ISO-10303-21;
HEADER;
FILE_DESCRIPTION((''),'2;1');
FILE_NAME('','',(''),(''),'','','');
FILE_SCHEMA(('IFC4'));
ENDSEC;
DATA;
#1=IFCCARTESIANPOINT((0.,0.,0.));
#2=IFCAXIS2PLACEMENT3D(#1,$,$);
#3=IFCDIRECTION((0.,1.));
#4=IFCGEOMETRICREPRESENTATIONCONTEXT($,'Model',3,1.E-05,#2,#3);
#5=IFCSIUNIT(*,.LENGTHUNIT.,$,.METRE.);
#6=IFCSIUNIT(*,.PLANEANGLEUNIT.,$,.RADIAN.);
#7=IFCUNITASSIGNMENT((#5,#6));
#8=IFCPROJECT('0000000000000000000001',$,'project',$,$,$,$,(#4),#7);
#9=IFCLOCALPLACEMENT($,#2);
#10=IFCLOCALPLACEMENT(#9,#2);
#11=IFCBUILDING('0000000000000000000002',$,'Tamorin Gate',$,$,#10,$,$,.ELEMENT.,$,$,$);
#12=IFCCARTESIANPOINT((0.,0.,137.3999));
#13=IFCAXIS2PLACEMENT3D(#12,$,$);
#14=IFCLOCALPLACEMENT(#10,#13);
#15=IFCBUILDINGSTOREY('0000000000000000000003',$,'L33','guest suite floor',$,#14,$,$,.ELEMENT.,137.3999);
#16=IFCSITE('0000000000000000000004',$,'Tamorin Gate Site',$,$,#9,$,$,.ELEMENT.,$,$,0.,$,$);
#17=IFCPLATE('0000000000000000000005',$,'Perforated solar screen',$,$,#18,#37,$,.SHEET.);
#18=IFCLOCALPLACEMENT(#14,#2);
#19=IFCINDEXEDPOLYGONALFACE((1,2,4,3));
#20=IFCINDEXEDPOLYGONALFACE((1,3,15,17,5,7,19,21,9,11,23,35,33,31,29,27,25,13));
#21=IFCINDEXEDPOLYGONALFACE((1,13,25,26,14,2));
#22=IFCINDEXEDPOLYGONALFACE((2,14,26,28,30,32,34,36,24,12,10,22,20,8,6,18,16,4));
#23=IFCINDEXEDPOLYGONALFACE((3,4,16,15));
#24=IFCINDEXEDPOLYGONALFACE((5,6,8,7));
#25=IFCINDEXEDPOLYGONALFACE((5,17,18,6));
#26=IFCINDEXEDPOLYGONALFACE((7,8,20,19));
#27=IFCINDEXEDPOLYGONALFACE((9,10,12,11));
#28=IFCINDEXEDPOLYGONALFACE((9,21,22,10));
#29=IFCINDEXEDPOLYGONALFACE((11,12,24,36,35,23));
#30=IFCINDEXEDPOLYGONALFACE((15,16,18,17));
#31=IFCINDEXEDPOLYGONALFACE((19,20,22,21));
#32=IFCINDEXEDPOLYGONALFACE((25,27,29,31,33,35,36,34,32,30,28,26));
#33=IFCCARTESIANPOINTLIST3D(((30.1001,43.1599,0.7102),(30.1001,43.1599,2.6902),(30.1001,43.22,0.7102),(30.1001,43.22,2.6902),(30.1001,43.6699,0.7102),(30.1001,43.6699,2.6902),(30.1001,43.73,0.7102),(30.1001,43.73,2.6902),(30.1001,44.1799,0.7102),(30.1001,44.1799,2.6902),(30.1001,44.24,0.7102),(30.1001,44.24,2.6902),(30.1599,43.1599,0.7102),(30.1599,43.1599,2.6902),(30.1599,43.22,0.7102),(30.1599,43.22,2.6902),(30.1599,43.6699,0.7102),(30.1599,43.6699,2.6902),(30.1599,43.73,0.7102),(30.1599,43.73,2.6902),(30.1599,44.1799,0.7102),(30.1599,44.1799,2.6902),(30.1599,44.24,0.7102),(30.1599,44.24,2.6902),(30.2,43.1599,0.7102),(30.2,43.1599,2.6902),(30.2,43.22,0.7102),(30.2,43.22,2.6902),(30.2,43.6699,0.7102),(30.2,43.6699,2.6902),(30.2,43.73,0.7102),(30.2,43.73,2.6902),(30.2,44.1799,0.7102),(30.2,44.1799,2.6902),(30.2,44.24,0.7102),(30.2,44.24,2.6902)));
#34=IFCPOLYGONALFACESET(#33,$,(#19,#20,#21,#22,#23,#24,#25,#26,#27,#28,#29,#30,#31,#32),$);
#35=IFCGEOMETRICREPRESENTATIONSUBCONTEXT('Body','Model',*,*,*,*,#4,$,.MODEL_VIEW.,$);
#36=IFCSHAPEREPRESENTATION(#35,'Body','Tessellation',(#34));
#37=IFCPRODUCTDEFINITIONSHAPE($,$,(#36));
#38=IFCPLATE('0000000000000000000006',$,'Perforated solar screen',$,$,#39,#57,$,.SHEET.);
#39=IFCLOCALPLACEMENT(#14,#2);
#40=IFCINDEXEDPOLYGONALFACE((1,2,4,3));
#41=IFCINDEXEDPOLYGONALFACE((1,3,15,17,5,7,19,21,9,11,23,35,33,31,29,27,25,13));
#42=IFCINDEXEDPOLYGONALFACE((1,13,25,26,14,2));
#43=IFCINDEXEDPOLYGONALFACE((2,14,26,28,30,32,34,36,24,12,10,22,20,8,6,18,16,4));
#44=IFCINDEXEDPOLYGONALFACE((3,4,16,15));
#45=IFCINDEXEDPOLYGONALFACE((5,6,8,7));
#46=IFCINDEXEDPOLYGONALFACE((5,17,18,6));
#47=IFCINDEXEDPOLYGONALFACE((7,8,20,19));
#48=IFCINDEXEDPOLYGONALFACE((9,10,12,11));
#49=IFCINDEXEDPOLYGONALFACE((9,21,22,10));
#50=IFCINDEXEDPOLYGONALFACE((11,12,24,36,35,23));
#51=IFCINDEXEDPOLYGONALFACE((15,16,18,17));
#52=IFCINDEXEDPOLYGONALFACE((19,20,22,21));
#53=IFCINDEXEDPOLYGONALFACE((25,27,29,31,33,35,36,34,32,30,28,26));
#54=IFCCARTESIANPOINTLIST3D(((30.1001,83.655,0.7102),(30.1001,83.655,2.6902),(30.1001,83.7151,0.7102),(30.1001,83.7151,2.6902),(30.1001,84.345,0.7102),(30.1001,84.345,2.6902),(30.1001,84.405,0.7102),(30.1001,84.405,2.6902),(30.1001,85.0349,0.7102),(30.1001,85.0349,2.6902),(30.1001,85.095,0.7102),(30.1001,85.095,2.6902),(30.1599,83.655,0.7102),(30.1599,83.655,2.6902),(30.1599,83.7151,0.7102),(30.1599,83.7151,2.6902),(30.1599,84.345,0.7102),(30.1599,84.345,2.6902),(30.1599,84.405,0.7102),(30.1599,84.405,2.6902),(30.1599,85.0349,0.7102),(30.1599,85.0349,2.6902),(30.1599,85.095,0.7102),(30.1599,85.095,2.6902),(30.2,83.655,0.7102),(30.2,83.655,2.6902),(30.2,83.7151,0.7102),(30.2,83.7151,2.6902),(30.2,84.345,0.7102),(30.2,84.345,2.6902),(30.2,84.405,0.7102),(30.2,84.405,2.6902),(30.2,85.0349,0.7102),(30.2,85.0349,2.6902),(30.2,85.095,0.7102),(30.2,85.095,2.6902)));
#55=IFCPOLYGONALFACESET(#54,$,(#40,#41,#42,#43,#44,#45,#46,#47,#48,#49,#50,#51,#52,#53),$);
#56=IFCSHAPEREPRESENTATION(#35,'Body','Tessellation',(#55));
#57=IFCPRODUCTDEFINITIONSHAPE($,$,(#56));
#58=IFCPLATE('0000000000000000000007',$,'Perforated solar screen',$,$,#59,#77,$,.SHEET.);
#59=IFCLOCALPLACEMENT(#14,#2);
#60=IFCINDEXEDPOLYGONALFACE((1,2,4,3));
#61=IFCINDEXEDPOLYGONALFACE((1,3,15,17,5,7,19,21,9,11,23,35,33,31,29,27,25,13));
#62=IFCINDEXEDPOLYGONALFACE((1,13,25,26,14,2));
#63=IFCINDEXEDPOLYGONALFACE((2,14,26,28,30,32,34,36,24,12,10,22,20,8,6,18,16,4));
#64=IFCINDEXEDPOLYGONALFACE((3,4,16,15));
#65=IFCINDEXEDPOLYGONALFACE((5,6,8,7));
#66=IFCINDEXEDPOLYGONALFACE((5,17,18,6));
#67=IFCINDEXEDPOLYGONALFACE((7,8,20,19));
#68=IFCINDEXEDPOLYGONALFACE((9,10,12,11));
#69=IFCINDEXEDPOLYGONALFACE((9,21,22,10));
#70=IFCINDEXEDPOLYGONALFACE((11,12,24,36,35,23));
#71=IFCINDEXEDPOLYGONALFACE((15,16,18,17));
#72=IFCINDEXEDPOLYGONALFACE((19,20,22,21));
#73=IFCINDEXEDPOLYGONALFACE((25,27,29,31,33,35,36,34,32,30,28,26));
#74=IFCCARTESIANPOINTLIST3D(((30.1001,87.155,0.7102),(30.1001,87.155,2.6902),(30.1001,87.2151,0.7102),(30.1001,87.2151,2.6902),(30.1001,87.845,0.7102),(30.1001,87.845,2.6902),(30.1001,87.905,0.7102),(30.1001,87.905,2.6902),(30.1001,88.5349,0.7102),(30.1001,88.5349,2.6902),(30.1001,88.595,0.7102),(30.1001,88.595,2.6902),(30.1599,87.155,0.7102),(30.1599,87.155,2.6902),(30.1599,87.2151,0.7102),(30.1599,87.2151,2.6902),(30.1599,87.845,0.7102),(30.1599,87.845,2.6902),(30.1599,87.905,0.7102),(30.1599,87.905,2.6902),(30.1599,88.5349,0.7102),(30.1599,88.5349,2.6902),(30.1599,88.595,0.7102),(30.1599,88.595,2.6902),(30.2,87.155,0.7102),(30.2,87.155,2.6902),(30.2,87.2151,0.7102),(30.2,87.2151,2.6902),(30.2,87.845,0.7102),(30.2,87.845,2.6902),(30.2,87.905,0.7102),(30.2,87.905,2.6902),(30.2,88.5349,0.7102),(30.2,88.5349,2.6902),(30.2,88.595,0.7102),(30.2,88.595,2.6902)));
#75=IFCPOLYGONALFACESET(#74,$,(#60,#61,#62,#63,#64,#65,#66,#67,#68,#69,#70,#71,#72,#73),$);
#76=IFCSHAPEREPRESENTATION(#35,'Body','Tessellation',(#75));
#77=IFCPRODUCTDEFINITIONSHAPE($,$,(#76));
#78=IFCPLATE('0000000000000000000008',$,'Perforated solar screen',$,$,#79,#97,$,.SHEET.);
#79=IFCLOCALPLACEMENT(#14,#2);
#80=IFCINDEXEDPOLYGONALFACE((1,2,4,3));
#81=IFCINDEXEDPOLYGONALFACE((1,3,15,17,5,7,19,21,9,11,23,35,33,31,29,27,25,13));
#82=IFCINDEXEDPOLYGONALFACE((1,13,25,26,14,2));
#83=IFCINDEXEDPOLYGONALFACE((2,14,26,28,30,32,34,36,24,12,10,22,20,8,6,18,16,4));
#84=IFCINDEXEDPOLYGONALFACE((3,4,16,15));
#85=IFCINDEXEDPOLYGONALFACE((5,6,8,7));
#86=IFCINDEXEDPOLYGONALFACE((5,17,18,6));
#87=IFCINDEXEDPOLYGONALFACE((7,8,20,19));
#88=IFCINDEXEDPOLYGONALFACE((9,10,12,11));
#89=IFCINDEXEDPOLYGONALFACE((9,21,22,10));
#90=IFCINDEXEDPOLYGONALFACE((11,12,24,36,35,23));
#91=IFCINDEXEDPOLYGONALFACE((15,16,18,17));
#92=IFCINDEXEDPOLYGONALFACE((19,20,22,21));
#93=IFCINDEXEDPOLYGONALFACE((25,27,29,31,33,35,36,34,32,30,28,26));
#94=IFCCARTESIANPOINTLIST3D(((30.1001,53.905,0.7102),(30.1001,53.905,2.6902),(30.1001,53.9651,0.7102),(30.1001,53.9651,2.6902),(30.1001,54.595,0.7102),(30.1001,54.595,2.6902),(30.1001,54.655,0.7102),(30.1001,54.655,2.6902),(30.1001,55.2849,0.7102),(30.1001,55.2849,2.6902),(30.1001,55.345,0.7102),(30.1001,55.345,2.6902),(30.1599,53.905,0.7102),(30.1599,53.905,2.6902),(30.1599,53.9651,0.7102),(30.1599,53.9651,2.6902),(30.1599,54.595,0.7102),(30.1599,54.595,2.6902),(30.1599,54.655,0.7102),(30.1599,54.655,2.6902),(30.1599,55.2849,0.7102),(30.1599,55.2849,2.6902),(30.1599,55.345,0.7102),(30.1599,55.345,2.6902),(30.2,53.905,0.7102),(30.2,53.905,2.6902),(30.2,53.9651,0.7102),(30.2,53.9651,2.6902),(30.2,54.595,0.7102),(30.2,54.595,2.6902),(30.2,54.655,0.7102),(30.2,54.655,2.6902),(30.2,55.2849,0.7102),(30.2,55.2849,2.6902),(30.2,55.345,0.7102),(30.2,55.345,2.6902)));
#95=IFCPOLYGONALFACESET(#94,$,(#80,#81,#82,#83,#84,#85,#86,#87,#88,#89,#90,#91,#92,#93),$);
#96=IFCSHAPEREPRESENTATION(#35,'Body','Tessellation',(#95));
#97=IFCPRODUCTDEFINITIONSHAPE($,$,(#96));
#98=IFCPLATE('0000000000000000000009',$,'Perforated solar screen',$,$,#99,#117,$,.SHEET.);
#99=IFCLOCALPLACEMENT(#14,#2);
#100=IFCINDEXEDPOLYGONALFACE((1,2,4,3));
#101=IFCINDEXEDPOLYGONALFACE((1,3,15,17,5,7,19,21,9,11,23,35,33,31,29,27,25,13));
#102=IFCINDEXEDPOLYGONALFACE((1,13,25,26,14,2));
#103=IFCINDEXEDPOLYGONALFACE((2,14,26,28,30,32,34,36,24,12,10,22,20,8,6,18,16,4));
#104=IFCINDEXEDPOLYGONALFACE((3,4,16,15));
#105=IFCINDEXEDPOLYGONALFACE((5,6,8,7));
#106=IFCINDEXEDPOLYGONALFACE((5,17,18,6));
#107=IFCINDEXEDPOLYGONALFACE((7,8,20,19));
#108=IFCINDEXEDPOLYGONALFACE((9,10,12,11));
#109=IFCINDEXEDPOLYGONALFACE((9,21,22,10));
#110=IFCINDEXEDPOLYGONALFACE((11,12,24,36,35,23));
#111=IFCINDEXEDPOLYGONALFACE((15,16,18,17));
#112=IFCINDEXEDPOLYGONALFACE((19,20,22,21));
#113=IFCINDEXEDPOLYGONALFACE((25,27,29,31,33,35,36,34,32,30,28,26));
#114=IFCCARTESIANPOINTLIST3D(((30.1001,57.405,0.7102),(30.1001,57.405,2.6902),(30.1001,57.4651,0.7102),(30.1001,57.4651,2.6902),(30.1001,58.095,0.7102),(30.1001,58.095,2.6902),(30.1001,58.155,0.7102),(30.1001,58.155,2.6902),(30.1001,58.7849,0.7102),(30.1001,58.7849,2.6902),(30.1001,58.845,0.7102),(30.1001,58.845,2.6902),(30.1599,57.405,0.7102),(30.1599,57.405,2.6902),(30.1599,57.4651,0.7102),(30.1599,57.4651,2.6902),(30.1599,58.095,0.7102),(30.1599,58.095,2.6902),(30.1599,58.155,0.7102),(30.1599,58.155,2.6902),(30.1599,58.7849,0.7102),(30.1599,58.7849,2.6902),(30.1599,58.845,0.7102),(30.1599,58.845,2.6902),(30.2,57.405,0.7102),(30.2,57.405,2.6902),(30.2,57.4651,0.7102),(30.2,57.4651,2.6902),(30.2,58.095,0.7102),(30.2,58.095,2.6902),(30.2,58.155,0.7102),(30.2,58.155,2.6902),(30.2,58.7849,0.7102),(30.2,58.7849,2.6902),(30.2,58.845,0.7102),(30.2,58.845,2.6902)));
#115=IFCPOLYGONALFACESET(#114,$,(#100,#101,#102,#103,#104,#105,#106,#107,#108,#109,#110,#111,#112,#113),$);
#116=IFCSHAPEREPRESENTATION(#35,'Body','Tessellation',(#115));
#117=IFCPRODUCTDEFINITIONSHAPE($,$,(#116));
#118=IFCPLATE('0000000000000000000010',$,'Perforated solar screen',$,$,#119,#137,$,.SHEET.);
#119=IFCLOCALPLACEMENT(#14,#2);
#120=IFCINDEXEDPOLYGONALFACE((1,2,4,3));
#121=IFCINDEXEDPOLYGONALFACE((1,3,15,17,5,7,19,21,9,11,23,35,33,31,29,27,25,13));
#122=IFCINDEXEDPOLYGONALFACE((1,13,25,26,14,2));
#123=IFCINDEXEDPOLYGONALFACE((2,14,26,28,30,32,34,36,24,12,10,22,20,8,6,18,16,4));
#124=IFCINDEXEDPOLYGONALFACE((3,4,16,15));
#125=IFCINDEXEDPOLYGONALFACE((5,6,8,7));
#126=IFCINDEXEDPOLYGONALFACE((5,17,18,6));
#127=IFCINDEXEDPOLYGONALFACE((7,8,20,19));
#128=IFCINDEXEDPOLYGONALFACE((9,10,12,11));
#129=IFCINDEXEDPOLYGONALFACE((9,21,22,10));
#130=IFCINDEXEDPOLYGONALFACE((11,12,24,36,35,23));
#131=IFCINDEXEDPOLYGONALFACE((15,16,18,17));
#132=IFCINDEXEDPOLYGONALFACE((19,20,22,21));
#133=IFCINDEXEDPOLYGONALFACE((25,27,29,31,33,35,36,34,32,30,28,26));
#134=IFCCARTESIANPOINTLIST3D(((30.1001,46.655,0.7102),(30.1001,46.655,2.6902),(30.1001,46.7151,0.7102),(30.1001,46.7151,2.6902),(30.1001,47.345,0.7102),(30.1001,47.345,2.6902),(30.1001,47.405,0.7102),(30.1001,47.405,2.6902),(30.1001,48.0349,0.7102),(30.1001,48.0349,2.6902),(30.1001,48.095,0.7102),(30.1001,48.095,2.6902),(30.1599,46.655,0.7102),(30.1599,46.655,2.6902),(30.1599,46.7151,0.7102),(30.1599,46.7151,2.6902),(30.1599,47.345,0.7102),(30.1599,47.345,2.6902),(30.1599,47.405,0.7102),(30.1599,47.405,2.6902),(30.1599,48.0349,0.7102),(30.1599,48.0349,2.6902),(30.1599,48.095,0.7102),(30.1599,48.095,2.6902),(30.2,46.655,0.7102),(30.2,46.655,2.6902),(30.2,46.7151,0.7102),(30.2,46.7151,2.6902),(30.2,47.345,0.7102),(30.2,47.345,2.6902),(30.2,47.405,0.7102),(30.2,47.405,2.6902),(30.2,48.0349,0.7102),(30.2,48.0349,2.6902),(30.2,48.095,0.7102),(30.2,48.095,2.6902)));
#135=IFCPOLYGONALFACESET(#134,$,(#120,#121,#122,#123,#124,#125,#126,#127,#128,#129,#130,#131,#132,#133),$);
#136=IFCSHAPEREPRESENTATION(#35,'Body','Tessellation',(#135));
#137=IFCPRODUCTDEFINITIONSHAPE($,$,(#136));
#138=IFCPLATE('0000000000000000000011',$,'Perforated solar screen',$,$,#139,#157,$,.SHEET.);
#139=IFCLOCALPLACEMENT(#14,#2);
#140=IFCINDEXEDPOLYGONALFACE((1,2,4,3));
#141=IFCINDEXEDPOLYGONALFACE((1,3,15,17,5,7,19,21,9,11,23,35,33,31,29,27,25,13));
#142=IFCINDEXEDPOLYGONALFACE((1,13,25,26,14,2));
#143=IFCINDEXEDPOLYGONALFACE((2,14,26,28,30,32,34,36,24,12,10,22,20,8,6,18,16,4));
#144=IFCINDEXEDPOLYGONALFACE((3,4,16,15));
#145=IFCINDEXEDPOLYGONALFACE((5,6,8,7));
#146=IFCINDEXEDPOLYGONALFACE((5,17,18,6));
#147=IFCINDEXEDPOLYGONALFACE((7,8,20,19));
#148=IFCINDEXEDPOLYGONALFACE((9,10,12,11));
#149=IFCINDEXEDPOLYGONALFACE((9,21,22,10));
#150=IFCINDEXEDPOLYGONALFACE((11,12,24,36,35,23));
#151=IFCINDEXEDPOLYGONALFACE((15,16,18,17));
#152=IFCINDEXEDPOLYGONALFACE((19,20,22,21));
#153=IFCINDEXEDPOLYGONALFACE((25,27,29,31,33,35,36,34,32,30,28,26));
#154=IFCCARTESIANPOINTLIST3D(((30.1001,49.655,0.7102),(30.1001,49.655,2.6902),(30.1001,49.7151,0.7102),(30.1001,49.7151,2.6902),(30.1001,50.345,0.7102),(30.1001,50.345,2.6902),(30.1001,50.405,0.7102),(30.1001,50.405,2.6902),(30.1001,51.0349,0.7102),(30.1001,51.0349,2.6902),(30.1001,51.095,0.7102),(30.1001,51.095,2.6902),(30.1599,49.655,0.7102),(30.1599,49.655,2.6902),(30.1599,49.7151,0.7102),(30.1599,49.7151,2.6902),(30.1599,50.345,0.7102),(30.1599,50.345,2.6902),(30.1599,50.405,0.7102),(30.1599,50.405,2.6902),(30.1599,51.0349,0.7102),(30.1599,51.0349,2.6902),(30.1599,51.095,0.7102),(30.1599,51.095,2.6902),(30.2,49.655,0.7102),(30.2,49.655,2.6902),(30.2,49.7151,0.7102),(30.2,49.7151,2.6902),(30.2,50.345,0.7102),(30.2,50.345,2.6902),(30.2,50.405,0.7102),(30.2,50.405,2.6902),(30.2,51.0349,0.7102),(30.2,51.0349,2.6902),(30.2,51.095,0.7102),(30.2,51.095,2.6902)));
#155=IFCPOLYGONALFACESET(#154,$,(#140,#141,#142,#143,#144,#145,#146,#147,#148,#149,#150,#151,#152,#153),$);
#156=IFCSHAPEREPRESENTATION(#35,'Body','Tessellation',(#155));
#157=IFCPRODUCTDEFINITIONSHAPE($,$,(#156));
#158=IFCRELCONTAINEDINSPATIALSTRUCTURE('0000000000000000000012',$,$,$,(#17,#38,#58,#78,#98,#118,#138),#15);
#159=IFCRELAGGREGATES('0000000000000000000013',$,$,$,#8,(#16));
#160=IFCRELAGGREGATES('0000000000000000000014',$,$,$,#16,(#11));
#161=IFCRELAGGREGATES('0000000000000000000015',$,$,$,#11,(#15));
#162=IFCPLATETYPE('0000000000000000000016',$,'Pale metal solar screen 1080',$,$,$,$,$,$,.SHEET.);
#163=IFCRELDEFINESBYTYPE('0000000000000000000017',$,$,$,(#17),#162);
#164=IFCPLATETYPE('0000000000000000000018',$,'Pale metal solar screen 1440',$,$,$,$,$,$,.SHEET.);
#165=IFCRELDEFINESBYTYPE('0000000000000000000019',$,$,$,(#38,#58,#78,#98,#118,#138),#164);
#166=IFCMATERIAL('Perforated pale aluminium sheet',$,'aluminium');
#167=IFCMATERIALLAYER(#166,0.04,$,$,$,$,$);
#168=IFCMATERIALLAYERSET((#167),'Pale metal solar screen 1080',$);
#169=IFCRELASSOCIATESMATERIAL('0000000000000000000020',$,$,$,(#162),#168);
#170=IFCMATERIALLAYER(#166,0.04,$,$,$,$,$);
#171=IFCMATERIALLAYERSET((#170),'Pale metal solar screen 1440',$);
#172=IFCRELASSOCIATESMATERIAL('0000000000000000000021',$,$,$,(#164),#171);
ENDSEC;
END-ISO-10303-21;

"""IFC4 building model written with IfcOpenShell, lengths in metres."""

from ifc_helpers import new_model, si_unit, direction, frame, origin, place, context, subcontext, project, spatial, polyline, outline, extrude, material, layer, layer_set, type_object, element, save


model = new_model("IFC4")

# Units and contexts
model_context = context("Model", 3, precision=1e-05, world=origin(), true_north=direction((0.0, 1.0)))
body_context = subcontext(model_context, "Body", "Model", "MODEL_VIEW")
ifc_project = project(units=[si_unit("LENGTHUNIT", "METRE"), si_unit("PLANEANGLEUNIT", "RADIAN")], contexts=[model_context])

# Site, building, storey
site_placement = place(None, origin())
site = spatial("IfcSite", under=ifc_project, at=site_placement, Name="Tamorin Gate Site", CompositionType="ELEMENT", RefElevation=0.0)
building_placement = place(site_placement, origin())
building = spatial("IfcBuilding", under=site, at=building_placement, Name="Tamorin Gate", CompositionType="ELEMENT")
storey_placement = place(building_placement, frame((0.0, 0.0, 137.3999)))
storey = spatial("IfcBuildingStorey", under=building, at=storey_placement, Name="L33", Description="guest suite floor", CompositionType="ELEMENT", Elevation=137.3999)

# Plates
ifc_material_1 = material(Name="Perforated pale aluminium sheet", Category="aluminium")
ifc_layer_1 = layer(ifc_material_1, 0.04)
ifc_layer_set_1 = layer_set([ifc_layer_1], Name="Pale metal solar screen 1080")
plate_type_1 = type_object("IfcPlateType", Name="Pale metal solar screen 1080", PredefinedType="SHEET", material=ifc_layer_set_1)
plate_1_placement = place(storey_placement, frame((0.0, 0.0, 0.7102)))
element("IfcPlate", 1, at=plate_1_placement, inside=storey, type_object=plate_type_1, Name="Perforated solar screen", PredefinedType="SHEET", context=body_context, shape_type="SweptSolid", body=[
    extrude(outline(polyline([(30.1599, 44.24), (30.2, 44.24), (30.2, 44.1799), (30.2, 43.73), (30.2, 43.6699), (30.2, 43.22), (30.2, 43.1599), (30.1599, 43.1599), (30.1001, 43.1599), (30.1001, 43.22), (30.1599, 43.22), (30.1599, 43.6699), (30.1001, 43.6699), (30.1001, 43.73), (30.1599, 43.73), (30.1599, 44.1799), (30.1001, 44.1799), (30.1001, 44.24), (30.1599, 44.24)])), origin(), (0.0, 0.0, 1.0), 1.98),
])
ifc_layer_2 = layer(ifc_material_1, 0.04)
ifc_layer_set_2 = layer_set([ifc_layer_2], Name="Pale metal solar screen 1440")
plate_type_2 = type_object("IfcPlateType", Name="Pale metal solar screen 1440", PredefinedType="SHEET", material=ifc_layer_set_2)
plate_2_placement = place(storey_placement, frame((0.0, 0.0, 0.7102)))
element("IfcPlate", 2, at=plate_2_placement, inside=storey, type_object=plate_type_2, Name="Perforated solar screen", PredefinedType="SHEET", context=body_context, shape_type="SweptSolid", body=[
    extrude(outline(polyline([(30.1599, 85.095), (30.2, 85.095), (30.2, 85.0349), (30.2, 84.405), (30.2, 84.345), (30.2, 83.7151), (30.2, 83.655), (30.1599, 83.655), (30.1001, 83.655), (30.1001, 83.7151), (30.1599, 83.7151), (30.1599, 84.345), (30.1001, 84.345), (30.1001, 84.405), (30.1599, 84.405), (30.1599, 85.0349), (30.1001, 85.0349), (30.1001, 85.095), (30.1599, 85.095)])), origin(), (0.0, 0.0, 1.0), 1.98),
])
plate_3_placement = place(storey_placement, frame((0.0, 0.0, 0.7102)))
element("IfcPlate", 3, at=plate_3_placement, inside=storey, type_object=plate_type_2, Name="Perforated solar screen", PredefinedType="SHEET", context=body_context, shape_type="SweptSolid", body=[
    extrude(outline(polyline([(30.1599, 88.595), (30.2, 88.595), (30.2, 88.5349), (30.2, 87.905), (30.2, 87.845), (30.2, 87.2151), (30.2, 87.155), (30.1599, 87.155), (30.1001, 87.155), (30.1001, 87.2151), (30.1599, 87.2151), (30.1599, 87.845), (30.1001, 87.845), (30.1001, 87.905), (30.1599, 87.905), (30.1599, 88.5349), (30.1001, 88.5349), (30.1001, 88.595), (30.1599, 88.595)])), origin(), (0.0, 0.0, 1.0), 1.98),
])
plate_4_placement = place(storey_placement, frame((0.0, 0.0, 0.7102)))
element("IfcPlate", 4, at=plate_4_placement, inside=storey, type_object=plate_type_2, Name="Perforated solar screen", PredefinedType="SHEET", context=body_context, shape_type="SweptSolid", body=[
    extrude(outline(polyline([(30.1599, 55.345), (30.2, 55.345), (30.2, 55.2849), (30.2, 54.655), (30.2, 54.595), (30.2, 53.9651), (30.2, 53.905), (30.1599, 53.905), (30.1001, 53.905), (30.1001, 53.9651), (30.1599, 53.9651), (30.1599, 54.595), (30.1001, 54.595), (30.1001, 54.655), (30.1599, 54.655), (30.1599, 55.2849), (30.1001, 55.2849), (30.1001, 55.345), (30.1599, 55.345)])), origin(), (0.0, 0.0, 1.0), 1.98),
])
plate_5_placement = place(storey_placement, frame((0.0, 0.0, 0.7102)))
element("IfcPlate", 5, at=plate_5_placement, inside=storey, type_object=plate_type_2, Name="Perforated solar screen", PredefinedType="SHEET", context=body_context, shape_type="SweptSolid", body=[
    extrude(outline(polyline([(30.1599, 58.845), (30.2, 58.845), (30.2, 58.7849), (30.2, 58.155), (30.2, 58.095), (30.2, 57.4651), (30.2, 57.405), (30.1599, 57.405), (30.1001, 57.405), (30.1001, 57.4651), (30.1599, 57.4651), (30.1599, 58.095), (30.1001, 58.095), (30.1001, 58.155), (30.1599, 58.155), (30.1599, 58.7849), (30.1001, 58.7849), (30.1001, 58.845), (30.1599, 58.845)])), origin(), (0.0, 0.0, 1.0), 1.98),
])
plate_6_placement = place(storey_placement, frame((0.0, 0.0, 0.7102)))
element("IfcPlate", 6, at=plate_6_placement, inside=storey, type_object=plate_type_2, Name="Perforated solar screen", PredefinedType="SHEET", context=body_context, shape_type="SweptSolid", body=[
    extrude(outline(polyline([(30.1599, 48.095), (30.2, 48.095), (30.2, 48.0349), (30.2, 47.405), (30.2, 47.345), (30.2, 46.7151), (30.2, 46.655), (30.1599, 46.655), (30.1001, 46.655), (30.1001, 46.7151), (30.1599, 46.7151), (30.1599, 47.345), (30.1001, 47.345), (30.1001, 47.405), (30.1599, 47.405), (30.1599, 48.0349), (30.1001, 48.0349), (30.1001, 48.095), (30.1599, 48.095)])), origin(), (0.0, 0.0, 1.0), 1.98),
])
plate_7_placement = place(storey_placement, frame((0.0, 0.0, 0.7102)))
element("IfcPlate", 7, at=plate_7_placement, inside=storey, type_object=plate_type_2, Name="Perforated solar screen", PredefinedType="SHEET", context=body_context, shape_type="SweptSolid", body=[
    extrude(outline(polyline([(30.1599, 51.095), (30.2, 51.095), (30.2, 51.0349), (30.2, 50.405), (30.2, 50.345), (30.2, 49.7151), (30.2, 49.655), (30.1599, 49.655), (30.1001, 49.655), (30.1001, 49.7151), (30.1599, 49.7151), (30.1599, 50.345), (30.1001, 50.345), (30.1001, 50.405), (30.1599, 50.405), (30.1599, 51.0349), (30.1001, 51.0349), (30.1001, 51.095), (30.1599, 51.095)])), origin(), (0.0, 0.0, 1.0), 1.98),
])

save(model, "model.ifc")
